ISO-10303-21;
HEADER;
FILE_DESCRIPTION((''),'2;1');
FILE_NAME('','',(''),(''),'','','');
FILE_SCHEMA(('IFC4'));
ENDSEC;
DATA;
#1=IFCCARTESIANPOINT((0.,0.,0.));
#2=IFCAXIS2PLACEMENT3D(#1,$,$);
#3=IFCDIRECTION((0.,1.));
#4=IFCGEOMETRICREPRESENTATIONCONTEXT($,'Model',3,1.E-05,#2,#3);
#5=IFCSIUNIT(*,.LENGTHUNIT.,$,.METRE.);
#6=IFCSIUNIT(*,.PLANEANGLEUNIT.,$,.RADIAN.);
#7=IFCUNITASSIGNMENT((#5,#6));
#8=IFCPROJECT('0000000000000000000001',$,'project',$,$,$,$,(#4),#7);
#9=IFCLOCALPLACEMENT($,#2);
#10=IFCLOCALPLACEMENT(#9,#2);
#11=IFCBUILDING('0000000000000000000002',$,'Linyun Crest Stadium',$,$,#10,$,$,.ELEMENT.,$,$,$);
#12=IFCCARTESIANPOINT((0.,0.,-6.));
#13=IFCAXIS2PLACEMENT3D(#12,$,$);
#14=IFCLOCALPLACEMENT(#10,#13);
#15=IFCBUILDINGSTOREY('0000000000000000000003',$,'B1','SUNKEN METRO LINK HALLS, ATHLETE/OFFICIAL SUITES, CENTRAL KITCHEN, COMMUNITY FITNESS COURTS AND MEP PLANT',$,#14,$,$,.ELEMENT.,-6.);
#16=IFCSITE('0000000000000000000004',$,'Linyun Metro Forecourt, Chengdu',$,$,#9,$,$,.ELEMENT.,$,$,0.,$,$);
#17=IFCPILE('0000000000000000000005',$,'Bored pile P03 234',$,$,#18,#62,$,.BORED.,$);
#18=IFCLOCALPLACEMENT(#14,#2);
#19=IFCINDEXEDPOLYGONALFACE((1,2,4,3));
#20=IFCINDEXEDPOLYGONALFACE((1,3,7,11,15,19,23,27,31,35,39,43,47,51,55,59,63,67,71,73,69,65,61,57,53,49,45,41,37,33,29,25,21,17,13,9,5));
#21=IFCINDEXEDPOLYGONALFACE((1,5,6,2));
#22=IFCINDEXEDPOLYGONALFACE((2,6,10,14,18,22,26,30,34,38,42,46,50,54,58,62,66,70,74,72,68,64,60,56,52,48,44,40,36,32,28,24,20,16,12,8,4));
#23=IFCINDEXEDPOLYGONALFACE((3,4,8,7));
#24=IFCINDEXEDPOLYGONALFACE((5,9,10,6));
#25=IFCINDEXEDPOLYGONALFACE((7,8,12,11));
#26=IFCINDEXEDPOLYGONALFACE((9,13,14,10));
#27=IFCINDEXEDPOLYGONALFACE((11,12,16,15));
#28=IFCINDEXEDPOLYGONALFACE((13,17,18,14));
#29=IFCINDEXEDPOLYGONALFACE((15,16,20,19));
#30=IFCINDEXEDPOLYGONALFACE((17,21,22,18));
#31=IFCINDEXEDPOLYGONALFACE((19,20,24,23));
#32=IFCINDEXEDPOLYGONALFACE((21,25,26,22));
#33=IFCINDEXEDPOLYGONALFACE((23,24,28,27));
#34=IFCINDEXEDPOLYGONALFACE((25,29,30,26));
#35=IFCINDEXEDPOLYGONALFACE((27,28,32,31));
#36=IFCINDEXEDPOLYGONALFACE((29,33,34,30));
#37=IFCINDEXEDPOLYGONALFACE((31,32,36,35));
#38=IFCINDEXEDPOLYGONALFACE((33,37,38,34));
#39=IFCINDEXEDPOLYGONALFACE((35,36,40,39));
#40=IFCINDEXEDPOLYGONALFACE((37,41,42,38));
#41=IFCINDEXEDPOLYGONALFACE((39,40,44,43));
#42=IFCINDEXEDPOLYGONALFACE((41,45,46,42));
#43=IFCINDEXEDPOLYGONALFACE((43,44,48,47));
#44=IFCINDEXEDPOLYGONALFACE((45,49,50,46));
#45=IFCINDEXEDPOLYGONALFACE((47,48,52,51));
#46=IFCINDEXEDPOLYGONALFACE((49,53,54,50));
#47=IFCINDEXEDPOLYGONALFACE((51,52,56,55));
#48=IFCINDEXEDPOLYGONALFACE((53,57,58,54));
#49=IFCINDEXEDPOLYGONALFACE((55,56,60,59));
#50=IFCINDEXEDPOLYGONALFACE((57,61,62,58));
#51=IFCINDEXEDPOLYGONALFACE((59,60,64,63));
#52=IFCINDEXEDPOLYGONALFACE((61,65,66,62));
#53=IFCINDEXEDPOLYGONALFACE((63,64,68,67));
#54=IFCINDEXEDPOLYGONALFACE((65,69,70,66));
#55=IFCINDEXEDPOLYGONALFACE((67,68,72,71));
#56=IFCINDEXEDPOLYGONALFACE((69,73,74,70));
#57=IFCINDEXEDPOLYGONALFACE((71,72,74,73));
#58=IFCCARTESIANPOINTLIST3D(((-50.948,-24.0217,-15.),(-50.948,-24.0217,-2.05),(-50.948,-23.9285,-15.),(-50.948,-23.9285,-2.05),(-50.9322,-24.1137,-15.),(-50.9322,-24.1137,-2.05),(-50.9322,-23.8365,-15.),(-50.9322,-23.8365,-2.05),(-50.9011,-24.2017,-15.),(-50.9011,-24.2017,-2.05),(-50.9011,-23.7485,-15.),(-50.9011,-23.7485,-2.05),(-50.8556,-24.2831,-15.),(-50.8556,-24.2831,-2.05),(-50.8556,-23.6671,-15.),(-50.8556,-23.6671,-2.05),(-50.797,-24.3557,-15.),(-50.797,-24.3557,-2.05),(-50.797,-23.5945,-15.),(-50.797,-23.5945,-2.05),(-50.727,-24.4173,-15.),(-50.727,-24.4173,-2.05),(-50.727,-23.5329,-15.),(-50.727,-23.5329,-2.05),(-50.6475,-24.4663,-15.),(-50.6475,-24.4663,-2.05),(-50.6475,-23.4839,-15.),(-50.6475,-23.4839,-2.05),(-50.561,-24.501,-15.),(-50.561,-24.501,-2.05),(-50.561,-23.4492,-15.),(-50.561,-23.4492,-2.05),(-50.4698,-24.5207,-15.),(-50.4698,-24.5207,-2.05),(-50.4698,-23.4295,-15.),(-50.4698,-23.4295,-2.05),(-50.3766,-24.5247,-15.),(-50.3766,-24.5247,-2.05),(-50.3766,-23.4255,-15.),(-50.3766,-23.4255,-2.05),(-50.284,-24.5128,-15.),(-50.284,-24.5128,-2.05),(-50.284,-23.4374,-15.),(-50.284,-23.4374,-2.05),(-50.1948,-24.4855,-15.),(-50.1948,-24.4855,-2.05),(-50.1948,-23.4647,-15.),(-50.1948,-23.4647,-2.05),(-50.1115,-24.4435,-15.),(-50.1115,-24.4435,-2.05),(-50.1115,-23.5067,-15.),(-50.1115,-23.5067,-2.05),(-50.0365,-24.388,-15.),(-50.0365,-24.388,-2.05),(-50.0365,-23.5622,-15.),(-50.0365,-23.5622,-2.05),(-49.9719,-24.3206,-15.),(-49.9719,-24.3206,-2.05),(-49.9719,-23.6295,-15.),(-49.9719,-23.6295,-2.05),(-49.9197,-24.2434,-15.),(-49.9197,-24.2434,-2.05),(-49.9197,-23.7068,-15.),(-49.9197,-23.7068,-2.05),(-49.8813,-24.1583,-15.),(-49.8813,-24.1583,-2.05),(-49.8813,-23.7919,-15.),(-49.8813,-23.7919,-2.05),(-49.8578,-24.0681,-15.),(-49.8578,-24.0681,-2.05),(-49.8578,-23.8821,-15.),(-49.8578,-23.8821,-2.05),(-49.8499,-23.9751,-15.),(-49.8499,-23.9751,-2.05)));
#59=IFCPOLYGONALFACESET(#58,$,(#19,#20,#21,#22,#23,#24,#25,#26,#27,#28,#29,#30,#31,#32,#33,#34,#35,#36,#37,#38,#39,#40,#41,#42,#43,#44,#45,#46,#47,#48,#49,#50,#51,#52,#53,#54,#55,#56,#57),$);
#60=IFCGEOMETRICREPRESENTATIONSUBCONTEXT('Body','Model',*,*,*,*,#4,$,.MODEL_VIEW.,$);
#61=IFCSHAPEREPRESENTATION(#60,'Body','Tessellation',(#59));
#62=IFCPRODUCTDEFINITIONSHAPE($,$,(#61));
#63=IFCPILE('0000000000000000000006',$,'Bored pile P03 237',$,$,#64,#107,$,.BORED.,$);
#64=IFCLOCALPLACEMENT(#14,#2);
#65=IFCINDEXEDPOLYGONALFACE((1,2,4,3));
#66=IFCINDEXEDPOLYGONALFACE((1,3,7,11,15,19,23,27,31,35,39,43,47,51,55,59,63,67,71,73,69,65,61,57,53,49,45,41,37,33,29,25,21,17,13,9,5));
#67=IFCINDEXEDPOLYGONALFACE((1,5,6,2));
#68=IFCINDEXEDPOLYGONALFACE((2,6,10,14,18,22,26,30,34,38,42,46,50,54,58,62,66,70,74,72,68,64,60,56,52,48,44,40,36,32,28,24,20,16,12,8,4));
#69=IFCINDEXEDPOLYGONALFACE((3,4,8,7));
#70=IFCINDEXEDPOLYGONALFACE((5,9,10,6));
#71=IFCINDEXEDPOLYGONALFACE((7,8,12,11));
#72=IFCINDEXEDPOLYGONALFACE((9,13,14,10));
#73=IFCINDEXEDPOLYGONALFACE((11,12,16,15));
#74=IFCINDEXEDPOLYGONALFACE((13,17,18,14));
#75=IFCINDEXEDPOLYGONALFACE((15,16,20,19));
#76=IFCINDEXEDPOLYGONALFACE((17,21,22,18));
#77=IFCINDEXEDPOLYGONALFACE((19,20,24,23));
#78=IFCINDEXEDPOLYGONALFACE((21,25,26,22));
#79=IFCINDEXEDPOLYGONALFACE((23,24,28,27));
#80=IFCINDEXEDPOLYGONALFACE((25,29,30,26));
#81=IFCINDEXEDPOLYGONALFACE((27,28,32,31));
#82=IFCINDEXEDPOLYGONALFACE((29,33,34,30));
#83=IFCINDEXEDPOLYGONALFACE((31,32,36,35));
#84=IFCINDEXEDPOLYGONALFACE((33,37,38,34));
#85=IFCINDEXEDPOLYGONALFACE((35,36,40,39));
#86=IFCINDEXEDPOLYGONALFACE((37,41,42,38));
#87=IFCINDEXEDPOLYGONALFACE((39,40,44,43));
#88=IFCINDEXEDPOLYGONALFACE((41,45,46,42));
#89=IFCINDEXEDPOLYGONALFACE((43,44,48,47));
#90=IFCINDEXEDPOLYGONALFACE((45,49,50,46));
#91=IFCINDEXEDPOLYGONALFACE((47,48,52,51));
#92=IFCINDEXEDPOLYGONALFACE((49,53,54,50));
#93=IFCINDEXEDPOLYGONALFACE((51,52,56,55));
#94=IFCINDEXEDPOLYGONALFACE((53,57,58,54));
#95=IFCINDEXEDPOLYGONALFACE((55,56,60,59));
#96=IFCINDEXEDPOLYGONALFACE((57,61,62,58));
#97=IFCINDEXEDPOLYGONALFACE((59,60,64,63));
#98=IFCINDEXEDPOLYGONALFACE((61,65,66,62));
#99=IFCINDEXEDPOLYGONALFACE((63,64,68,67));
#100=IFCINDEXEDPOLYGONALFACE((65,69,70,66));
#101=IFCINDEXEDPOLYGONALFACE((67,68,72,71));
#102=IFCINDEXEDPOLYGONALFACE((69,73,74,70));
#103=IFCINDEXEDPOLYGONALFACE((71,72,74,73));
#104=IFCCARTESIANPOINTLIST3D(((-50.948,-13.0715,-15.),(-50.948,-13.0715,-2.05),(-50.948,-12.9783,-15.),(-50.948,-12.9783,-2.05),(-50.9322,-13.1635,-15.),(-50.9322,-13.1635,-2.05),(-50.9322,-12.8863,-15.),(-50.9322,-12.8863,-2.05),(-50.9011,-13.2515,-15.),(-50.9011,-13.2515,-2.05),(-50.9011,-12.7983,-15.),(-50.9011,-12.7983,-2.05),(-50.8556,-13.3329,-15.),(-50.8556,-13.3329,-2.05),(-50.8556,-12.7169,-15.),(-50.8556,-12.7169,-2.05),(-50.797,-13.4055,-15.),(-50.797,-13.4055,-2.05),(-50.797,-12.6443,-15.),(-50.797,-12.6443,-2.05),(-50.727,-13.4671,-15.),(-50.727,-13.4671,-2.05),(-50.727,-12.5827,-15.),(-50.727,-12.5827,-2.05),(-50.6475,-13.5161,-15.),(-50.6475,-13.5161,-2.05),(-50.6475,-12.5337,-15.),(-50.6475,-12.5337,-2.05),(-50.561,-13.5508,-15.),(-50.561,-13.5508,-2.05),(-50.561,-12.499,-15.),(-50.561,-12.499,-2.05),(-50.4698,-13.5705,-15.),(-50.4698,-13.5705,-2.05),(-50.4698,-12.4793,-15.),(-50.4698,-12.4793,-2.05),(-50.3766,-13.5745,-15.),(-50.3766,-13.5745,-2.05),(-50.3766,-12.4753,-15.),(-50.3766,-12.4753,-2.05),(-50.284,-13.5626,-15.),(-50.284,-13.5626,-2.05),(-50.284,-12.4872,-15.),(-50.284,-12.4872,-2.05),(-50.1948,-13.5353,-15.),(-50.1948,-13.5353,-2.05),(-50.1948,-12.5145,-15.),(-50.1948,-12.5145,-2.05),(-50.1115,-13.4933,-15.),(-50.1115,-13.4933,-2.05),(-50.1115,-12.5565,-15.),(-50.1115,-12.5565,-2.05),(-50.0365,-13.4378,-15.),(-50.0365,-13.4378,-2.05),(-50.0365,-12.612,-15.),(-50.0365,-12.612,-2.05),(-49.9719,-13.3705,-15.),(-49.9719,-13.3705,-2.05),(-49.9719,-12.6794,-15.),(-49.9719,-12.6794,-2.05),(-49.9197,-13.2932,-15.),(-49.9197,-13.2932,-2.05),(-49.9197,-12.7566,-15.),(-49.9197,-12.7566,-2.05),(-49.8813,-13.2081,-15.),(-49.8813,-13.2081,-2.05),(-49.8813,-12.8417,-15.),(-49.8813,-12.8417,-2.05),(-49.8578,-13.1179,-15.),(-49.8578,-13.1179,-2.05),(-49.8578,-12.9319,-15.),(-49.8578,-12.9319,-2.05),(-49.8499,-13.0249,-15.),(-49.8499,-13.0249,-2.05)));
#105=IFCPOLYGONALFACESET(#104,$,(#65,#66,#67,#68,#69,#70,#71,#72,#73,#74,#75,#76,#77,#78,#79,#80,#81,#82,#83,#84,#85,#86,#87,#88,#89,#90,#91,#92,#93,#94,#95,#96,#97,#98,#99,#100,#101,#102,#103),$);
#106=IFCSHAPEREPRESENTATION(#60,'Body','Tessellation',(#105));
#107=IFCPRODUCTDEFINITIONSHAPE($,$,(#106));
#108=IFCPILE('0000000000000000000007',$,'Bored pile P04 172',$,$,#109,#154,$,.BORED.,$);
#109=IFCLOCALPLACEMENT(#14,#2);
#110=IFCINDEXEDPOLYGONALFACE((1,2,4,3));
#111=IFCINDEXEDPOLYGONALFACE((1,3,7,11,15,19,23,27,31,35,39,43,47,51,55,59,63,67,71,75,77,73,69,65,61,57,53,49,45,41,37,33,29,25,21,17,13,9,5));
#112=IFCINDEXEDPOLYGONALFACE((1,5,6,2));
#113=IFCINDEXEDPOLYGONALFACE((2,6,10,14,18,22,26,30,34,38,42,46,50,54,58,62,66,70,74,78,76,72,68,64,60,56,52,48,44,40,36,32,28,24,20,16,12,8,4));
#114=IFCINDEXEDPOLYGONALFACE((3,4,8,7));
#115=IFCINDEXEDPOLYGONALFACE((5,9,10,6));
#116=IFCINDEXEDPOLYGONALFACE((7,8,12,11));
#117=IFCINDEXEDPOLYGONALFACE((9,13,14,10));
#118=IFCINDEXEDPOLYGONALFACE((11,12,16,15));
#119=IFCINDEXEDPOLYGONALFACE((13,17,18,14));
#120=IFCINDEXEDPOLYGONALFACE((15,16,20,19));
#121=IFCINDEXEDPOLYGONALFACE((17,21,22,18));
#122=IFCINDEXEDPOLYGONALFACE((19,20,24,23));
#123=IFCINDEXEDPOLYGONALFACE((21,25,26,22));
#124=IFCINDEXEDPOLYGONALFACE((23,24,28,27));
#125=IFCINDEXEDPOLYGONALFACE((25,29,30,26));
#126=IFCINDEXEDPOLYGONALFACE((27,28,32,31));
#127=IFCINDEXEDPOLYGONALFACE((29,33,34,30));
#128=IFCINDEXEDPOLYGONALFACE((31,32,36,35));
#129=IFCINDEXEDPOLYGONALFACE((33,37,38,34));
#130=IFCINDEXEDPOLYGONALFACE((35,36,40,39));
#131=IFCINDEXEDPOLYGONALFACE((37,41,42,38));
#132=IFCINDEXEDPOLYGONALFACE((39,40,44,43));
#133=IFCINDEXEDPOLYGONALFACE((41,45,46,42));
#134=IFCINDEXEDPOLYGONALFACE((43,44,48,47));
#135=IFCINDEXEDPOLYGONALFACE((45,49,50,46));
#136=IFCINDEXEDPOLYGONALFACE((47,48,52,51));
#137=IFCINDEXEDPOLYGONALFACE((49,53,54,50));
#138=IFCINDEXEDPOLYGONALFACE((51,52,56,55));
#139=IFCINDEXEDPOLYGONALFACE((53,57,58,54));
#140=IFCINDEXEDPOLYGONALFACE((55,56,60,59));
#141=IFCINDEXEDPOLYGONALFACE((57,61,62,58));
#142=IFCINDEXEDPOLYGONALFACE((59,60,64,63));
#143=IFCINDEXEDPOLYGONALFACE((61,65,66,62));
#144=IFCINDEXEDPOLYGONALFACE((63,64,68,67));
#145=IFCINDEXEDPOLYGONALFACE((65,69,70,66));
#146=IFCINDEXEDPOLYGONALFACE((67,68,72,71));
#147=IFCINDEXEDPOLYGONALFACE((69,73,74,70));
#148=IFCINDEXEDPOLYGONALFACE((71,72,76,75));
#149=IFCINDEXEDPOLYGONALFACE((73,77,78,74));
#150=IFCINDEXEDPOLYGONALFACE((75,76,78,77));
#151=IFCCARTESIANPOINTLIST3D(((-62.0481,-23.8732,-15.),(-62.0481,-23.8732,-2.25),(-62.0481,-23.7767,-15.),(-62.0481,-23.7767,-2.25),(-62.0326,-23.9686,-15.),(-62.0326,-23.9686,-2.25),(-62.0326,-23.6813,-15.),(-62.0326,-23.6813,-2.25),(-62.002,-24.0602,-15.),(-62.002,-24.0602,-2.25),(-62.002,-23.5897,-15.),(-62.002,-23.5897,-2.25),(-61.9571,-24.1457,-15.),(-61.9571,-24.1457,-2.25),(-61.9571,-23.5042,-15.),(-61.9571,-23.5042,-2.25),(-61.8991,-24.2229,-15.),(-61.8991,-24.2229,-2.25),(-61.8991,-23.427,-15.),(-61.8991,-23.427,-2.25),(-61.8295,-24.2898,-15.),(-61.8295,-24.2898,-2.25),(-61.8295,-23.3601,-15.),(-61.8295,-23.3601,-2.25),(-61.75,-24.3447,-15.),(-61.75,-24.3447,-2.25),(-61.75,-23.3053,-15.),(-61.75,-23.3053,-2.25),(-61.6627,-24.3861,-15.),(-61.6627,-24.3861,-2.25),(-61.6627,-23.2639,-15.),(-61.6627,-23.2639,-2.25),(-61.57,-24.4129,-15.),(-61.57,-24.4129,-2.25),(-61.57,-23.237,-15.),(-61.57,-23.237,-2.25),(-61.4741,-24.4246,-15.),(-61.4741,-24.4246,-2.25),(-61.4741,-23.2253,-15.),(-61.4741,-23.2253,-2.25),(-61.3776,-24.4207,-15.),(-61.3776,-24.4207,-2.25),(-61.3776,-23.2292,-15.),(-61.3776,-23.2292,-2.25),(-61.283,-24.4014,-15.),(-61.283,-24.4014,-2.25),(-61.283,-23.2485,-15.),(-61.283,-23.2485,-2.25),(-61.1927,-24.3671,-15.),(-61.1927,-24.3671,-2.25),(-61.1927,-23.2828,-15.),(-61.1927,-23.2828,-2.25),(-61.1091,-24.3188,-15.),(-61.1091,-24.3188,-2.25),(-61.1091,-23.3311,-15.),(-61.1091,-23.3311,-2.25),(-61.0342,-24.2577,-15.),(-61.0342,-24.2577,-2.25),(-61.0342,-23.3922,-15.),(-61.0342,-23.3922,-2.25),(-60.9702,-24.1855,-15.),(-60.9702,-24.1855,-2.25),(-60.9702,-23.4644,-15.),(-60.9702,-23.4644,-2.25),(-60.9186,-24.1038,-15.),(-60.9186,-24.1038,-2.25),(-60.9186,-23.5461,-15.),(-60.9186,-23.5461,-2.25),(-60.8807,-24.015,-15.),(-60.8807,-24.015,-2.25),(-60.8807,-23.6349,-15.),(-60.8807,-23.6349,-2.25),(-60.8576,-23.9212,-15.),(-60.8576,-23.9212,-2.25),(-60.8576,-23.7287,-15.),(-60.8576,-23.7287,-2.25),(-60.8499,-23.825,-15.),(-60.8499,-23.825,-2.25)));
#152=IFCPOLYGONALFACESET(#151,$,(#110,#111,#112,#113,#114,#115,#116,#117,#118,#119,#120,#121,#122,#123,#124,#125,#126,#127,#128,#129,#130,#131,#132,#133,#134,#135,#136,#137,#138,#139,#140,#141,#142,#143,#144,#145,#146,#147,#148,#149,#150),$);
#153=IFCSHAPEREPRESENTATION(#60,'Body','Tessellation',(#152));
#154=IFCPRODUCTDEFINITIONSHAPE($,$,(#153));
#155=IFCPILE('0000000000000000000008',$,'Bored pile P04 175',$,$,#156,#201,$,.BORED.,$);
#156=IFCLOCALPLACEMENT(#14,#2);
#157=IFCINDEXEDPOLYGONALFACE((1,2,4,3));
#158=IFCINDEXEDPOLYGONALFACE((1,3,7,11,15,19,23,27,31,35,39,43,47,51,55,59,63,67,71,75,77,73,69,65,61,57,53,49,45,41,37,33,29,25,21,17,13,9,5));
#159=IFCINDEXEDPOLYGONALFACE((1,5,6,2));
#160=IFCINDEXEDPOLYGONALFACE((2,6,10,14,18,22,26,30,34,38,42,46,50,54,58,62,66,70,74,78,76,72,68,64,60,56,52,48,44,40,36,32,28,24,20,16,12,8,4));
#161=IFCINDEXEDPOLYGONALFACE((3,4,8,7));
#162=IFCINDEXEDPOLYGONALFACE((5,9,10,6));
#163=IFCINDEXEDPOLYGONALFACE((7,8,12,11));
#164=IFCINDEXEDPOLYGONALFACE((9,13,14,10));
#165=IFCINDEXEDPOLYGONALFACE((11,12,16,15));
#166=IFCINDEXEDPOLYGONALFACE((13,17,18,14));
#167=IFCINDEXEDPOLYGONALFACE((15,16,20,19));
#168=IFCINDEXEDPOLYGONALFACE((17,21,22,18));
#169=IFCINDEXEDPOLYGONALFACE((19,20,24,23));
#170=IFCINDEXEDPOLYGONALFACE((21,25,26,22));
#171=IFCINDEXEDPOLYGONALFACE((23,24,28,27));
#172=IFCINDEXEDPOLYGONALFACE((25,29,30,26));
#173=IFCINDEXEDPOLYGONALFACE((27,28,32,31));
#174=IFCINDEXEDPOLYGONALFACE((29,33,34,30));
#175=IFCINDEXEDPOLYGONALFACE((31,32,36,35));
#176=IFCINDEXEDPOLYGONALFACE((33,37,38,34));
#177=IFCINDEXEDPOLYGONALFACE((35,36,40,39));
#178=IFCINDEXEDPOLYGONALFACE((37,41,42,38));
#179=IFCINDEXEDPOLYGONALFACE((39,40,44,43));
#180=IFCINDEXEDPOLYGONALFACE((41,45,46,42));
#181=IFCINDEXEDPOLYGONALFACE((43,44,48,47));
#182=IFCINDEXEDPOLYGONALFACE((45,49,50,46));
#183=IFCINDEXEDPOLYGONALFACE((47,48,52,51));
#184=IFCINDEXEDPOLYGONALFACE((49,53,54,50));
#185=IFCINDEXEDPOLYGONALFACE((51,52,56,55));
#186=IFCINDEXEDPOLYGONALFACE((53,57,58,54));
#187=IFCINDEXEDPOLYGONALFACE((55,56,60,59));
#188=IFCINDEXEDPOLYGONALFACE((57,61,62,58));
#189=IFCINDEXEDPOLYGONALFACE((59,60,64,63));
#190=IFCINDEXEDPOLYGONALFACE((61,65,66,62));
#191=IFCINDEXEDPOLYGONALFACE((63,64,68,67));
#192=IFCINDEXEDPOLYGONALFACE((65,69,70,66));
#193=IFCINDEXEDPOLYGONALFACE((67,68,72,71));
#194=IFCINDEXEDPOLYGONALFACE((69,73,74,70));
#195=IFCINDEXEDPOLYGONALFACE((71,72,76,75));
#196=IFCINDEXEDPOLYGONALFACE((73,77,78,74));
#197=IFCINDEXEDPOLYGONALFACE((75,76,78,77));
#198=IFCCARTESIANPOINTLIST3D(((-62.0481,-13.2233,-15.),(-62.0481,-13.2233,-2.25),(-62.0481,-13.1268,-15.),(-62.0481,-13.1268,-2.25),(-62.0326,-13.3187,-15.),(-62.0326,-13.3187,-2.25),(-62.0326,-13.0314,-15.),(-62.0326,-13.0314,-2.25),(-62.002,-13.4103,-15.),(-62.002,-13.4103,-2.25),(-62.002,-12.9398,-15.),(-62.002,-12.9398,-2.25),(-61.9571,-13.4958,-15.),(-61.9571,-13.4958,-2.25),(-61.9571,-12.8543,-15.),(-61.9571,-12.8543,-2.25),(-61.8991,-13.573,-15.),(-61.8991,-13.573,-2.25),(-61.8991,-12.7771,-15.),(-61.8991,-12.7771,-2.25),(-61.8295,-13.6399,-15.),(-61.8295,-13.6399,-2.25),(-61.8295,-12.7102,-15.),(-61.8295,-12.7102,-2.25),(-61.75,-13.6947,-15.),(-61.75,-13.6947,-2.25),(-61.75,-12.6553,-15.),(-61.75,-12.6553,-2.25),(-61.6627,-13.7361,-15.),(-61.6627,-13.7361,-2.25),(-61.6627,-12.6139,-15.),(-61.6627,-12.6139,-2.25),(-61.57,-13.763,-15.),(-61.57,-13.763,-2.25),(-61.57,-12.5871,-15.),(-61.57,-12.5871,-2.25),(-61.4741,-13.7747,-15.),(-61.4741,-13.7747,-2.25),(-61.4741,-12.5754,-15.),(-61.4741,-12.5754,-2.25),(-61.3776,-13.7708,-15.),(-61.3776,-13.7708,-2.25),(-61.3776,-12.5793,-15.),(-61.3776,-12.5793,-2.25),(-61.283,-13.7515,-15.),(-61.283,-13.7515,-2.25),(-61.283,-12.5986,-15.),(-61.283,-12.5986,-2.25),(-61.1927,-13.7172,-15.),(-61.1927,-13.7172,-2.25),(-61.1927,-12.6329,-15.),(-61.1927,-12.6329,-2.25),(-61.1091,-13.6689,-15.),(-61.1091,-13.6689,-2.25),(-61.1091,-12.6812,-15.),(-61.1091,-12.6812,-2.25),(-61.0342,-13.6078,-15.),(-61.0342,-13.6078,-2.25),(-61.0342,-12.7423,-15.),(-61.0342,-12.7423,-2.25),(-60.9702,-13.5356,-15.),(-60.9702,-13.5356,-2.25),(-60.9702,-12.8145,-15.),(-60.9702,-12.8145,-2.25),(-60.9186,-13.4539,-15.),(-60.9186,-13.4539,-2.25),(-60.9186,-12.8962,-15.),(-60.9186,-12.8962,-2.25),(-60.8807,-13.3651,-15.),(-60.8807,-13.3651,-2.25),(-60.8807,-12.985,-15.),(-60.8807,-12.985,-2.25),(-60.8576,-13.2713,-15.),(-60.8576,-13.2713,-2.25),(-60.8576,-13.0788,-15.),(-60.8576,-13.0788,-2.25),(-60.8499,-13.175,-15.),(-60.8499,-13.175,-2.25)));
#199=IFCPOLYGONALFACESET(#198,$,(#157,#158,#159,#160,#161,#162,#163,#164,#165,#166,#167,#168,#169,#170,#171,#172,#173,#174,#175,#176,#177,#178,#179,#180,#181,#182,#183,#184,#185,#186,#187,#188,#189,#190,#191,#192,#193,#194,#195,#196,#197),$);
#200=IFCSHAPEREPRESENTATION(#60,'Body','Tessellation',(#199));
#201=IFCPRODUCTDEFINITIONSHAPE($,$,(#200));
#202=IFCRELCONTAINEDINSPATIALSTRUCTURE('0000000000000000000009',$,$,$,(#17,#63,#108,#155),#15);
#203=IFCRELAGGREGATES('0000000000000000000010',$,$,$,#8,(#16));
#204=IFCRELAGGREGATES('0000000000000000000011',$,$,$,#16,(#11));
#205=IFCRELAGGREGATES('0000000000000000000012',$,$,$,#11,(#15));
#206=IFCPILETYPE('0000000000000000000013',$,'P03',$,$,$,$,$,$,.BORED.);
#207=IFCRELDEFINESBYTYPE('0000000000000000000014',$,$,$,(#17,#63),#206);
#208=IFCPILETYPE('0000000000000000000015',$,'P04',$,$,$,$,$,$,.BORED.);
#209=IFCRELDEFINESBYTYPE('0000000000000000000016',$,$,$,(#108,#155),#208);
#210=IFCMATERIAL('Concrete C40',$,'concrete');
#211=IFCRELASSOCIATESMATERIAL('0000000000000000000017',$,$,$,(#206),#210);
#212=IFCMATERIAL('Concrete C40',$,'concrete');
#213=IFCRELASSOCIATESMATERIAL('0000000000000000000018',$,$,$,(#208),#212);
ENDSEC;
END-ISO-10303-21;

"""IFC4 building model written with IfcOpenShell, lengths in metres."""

from ifc_helpers import new_model, si_unit, direction, frame, origin, origin_2d, place, context, subcontext, project, spatial, circle, extrude, material, material_profile, profile_set, type_object, element, save


model = new_model("IFC4")

# Units and contexts
model_context = context("Model", 3, precision=1e-05, world=origin(), true_north=direction((0.0, 1.0)))
body_context = subcontext(model_context, "Body", "Model", "MODEL_VIEW")
ifc_project = project(units=[si_unit("LENGTHUNIT", "METRE"), si_unit("PLANEANGLEUNIT", "RADIAN")], contexts=[model_context])

# Site, building, storey
site_placement = place(None, origin())
site = spatial("IfcSite", under=ifc_project, at=site_placement, Name="Linyun Metro Forecourt, Chengdu", CompositionType="ELEMENT", RefElevation=0.0)
building_placement = place(site_placement, origin())
building = spatial("IfcBuilding", under=site, at=building_placement, Name="Linyun Crest Stadium", CompositionType="ELEMENT")
storey_placement = place(building_placement, frame((0.0, 0.0, -6.0)))
storey = spatial("IfcBuildingStorey", under=building, at=storey_placement, Name="B1", Description="SUNKEN METRO LINK HALLS, ATHLETE/OFFICIAL SUITES, CENTRAL KITCHEN, COMMUNITY FITNESS COURTS AND MEP PLANT", CompositionType="ELEMENT", Elevation=-6.0)

# Piles
ifc_material_1 = material(Name="Concrete C40", Category="concrete")
ifc_material_profile_1 = material_profile(ifc_material_1, circle(Radius=0.55, at=origin_2d()), Name="BORED PILE 1100")
ifc_profile_set_1 = profile_set([ifc_material_profile_1], Name="Concrete C40")
pile_type_1 = type_object("IfcPileType", Name="P03", PredefinedType="BORED", material=ifc_profile_set_1)
for number, where, z_axis, x_axis, name in (
    (1, (-50.3999, -23.9751, -2.05), (0.0, 0.0, -1.0), (1.0, 0.0, 0.0), "Bored pile P03 234"),
    (2, (-50.3999, -13.0249, -2.05), (0.0, 0.0, -1.0), (1.0, 0.0, 0.0), "Bored pile P03 237"),
):
    element("IfcPile", number, at=place(storey_placement, frame(where, z_axis=z_axis, x_axis=x_axis)), inside=storey, type_object=pile_type_1, Name=name, PredefinedType="BORED", context=body_context, shape_type="SweptSolid", body=[
        extrude(circle(Radius=0.55, at=origin_2d()), origin(), (0.0, 0.0, 1.0), 12.95),
    ])
ifc_material_2 = material(Name="Concrete C40", Category="concrete")
ifc_material_profile_2 = material_profile(ifc_material_2, circle(Radius=0.6001, at=origin_2d()), Name="BORED PILE 1200")
ifc_profile_set_2 = profile_set([ifc_material_profile_2], Name="Concrete C40")
pile_type_2 = type_object("IfcPileType", Name="P04", PredefinedType="BORED", material=ifc_profile_set_2)
for number, where, z_axis, x_axis, name in (
    (3, (-61.45, -23.825, -2.25), (0.0, 0.0, -1.0), (1.0, 0.0, 0.0), "Bored pile P04 172"),
    (4, (-61.45, -13.175, -2.25), (0.0, 0.0, -1.0), (1.0, 0.0, 0.0), "Bored pile P04 175"),
):
    element("IfcPile", number, at=place(storey_placement, frame(where, z_axis=z_axis, x_axis=x_axis)), inside=storey, type_object=pile_type_2, Name=name, PredefinedType="BORED", context=body_context, shape_type="SweptSolid", body=[
        extrude(circle(Radius=0.6001, at=origin_2d()), origin(), (0.0, 0.0, 1.0), 12.75),
    ])

save(model, "model.ifc")
